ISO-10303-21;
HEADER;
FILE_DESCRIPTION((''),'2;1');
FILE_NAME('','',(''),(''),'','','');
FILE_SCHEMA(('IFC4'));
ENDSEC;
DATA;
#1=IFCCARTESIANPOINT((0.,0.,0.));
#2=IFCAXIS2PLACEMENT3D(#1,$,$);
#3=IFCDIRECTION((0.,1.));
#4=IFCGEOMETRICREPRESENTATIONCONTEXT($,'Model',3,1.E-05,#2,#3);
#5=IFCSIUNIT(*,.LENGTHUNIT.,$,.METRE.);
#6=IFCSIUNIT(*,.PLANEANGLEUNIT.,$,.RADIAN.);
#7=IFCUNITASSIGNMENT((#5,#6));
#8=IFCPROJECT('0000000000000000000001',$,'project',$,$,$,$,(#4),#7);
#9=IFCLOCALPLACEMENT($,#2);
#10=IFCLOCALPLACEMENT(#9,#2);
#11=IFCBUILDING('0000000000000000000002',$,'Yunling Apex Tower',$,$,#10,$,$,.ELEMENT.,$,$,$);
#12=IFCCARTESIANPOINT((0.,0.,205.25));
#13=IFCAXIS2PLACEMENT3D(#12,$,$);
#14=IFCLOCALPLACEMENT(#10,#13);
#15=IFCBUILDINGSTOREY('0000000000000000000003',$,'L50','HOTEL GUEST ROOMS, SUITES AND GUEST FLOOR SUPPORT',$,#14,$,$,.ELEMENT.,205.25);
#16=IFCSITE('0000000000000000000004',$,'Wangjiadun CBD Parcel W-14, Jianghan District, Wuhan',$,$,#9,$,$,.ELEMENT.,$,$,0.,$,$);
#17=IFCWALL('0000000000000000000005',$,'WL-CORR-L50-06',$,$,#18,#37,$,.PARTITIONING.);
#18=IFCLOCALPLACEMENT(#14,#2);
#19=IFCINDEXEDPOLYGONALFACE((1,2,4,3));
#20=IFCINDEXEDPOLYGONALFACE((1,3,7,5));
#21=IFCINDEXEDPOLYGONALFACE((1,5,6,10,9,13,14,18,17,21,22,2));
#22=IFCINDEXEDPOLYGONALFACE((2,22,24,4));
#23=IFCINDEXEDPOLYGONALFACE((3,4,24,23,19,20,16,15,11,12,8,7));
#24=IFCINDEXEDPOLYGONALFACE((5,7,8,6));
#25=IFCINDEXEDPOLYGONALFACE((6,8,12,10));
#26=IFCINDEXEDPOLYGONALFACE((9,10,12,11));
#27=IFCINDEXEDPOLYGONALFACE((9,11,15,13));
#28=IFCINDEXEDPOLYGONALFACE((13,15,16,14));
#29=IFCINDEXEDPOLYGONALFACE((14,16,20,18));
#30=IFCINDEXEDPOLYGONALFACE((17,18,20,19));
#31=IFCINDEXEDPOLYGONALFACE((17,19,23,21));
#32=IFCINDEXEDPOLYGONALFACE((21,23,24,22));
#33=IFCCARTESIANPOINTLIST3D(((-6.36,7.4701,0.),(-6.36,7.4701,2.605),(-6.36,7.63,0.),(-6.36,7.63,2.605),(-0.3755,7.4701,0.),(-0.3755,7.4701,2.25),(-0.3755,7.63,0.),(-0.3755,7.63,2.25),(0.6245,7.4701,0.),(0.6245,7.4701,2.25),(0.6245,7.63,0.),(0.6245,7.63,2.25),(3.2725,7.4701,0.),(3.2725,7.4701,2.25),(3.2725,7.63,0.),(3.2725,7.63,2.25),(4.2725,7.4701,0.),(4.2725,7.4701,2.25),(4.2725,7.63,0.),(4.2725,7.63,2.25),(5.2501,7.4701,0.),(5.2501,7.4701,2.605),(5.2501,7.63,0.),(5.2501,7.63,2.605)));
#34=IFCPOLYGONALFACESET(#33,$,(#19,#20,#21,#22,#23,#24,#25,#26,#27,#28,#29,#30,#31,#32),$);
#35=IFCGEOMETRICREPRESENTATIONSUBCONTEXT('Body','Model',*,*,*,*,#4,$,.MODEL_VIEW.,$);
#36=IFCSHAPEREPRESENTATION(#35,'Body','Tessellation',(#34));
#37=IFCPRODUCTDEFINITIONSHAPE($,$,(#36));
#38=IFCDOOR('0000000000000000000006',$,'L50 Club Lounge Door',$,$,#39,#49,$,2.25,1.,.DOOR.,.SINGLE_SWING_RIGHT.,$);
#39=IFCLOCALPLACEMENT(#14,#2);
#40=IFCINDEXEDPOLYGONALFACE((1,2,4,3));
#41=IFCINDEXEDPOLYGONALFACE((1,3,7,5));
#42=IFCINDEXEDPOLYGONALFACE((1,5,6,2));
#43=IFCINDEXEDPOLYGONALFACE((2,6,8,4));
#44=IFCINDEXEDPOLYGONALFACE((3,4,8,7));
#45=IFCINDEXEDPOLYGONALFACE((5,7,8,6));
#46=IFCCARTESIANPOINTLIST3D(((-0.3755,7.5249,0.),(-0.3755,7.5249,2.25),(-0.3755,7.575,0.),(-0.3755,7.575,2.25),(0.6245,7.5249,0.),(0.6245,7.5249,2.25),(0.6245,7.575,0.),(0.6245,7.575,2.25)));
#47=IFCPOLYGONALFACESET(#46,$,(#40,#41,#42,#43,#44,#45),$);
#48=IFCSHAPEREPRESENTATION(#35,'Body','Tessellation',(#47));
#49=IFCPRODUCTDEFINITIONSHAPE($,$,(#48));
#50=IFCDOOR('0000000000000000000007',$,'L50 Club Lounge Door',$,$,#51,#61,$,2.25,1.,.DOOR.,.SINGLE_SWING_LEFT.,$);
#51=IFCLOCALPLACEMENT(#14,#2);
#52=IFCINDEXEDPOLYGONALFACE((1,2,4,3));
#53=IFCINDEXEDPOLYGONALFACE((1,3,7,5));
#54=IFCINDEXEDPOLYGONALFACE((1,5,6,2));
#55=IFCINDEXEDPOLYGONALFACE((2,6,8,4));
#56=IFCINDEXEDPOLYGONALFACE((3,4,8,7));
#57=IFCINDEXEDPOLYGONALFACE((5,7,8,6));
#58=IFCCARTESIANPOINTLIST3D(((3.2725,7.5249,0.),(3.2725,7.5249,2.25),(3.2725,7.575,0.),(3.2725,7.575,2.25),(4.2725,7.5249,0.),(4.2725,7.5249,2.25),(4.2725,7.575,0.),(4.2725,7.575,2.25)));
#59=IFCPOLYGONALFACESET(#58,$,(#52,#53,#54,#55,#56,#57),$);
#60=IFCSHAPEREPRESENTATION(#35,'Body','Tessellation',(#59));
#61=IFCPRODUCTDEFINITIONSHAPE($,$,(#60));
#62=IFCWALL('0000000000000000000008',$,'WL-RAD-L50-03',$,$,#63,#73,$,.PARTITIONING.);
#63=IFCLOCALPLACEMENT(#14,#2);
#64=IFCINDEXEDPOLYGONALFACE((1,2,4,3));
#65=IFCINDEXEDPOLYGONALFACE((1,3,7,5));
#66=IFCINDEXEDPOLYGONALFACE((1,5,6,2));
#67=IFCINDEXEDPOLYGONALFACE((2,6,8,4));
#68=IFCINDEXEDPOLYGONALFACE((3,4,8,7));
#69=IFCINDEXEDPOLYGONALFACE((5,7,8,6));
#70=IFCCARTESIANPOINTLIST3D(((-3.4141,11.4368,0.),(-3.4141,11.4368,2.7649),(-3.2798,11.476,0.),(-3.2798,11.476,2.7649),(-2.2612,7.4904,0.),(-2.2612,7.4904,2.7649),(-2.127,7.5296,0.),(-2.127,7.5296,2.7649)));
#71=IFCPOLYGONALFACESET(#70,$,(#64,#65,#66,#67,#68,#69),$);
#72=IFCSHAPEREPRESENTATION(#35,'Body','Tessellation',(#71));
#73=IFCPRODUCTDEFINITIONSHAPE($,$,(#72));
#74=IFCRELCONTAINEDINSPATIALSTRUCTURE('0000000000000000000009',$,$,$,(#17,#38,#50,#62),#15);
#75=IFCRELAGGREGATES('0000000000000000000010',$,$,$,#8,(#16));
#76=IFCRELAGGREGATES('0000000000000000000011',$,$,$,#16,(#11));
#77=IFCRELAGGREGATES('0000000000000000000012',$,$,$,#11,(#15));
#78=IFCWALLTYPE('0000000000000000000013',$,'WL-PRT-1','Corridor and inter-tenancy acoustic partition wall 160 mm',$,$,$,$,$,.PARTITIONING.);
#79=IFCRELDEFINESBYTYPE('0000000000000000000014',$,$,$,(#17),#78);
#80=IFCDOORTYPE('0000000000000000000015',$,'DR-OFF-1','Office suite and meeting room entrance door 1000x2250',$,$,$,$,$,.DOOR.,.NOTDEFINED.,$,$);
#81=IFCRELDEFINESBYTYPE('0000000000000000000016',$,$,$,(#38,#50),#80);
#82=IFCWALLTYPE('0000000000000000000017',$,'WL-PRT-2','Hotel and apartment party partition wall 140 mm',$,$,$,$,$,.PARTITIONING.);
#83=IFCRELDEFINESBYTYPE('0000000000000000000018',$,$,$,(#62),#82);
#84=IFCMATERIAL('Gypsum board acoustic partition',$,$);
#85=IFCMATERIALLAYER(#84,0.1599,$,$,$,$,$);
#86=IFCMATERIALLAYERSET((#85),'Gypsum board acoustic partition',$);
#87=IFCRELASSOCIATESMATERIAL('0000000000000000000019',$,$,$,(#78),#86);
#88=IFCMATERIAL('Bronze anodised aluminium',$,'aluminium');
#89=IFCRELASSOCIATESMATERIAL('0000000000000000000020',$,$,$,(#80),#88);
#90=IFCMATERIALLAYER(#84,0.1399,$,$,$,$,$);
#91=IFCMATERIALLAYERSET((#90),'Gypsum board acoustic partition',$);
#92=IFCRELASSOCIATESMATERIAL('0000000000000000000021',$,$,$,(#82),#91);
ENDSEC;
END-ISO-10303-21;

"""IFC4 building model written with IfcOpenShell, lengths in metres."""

from ifc_helpers import new_model, si_unit, direction, frame, frame_2d, origin, place, context, subcontext, project, spatial, rectangle, extrude, material, layer, layer_set, type_object, element, fill, save


model = new_model("IFC4")

# Units and contexts
model_context = context("Model", 3, precision=1e-05, world=origin(), true_north=direction((0.0, 1.0)))
body_context = subcontext(model_context, "Body", "Model", "MODEL_VIEW")
ifc_project = project(units=[si_unit("LENGTHUNIT", "METRE"), si_unit("PLANEANGLEUNIT", "RADIAN")], contexts=[model_context])

# Site, building, storey
site_placement = place(None, origin())
site = spatial("IfcSite", under=ifc_project, at=site_placement, Name="Wangjiadun CBD Parcel W-14, Jianghan District, Wuhan", CompositionType="ELEMENT", RefElevation=0.0)
building_placement = place(site_placement, origin())
building = spatial("IfcBuilding", under=site, at=building_placement, Name="Yunling Apex Tower", CompositionType="ELEMENT")
storey_placement = place(building_placement, frame((0.0, 0.0, 205.25)))
storey = spatial("IfcBuildingStorey", under=building, at=storey_placement, Name="L50", Description="HOTEL GUEST ROOMS, SUITES AND GUEST FLOOR SUPPORT", CompositionType="ELEMENT", Elevation=205.25)

# Shared definitions
ifc_material_1 = material(Name="Bronze anodised aluminium", Category="aluminium")

# Shared definitions
ifc_material_2 = material(Name="Gypsum board acoustic partition")
ifc_layer_1 = layer(ifc_material_2, 0.1599)
ifc_layer_set_1 = layer_set([ifc_layer_1], Name="Gypsum board acoustic partition")
wall_type_1 = type_object("IfcWallType", Name="WL-PRT-1", Description="Corridor and inter-tenancy acoustic partition wall 160 mm", PredefinedType="PARTITIONING", material=ifc_layer_set_1)
door_type = type_object("IfcDoorType", Name="DR-OFF-1", Description="Office suite and meeting room entrance door 1000x2250", OperationType="NOTDEFINED", PredefinedType="DOOR", material=ifc_material_1)

# Wall, openings, doors
wall_1_placement = place(storey_placement, frame((-6.3601, 7.55, 0.0), z_axis=(0.0, 0.0, 1.0), x_axis=(1.0, 0.0, 0.0)))
wall_1 = element("IfcWall", 1, at=wall_1_placement, inside=storey, type_object=wall_type_1, Name="WL-CORR-L50-06", PredefinedType="PARTITIONING", context=body_context, shape_type="SweptSolid", body=[
    extrude(rectangle(XDim=11.6101, YDim=0.1599, at=frame_2d((5.8052, 0.0))), origin(), (0.0, 0.0, 1.0), 2.605),
])
opening_1_placement = place(wall_1_placement, frame((5.9846, 0.0, 0.0)))
opening_1 = element("IfcOpeningElement", 2, at=opening_1_placement, cuts=wall_1, PredefinedType="OPENING", context=body_context, shape_type="SweptSolid", body=[
    extrude(rectangle(XDim=1.0, YDim=2.25, at=frame_2d((0.5, 1.125))), frame((0.0, 0.0898, 0.0), z_axis=(0.0, -1.0, 0.0), x_axis=(1.0, 0.0, 0.0)), (0.0, 0.0, 1.0), 0.1799),
])
opening_2_placement = place(wall_1_placement, frame((9.6326, 0.0, 0.0)))
opening_2 = element("IfcOpeningElement", 3, at=opening_2_placement, cuts=wall_1, PredefinedType="OPENING", context=body_context, shape_type="SweptSolid", body=[
    extrude(rectangle(XDim=1.0, YDim=2.25, at=frame_2d((0.5, 1.125))), frame((0.0, 0.0898, 0.0), z_axis=(0.0, -1.0, 0.0), x_axis=(1.0, 0.0, 0.0)), (0.0, 0.0, 1.0), 0.1799),
])
door_1_placement = place(opening_1_placement, origin())
door_1 = element("IfcDoor", 4, at=door_1_placement, inside=storey, type_object=door_type, Name="L50 Club Lounge Door", OperationType="SINGLE_SWING_RIGHT", OverallHeight=2.25, OverallWidth=1.0, PredefinedType="DOOR", context=body_context, shape_type="SweptSolid", body=[
    extrude(rectangle(XDim=1.0, YDim=2.25, at=frame_2d((0.5, 1.125))), frame((0.0, 0.0249, 0.0), z_axis=(0.0, -1.0, 0.0), x_axis=(1.0, 0.0, 0.0)), (0.0, 0.0, 1.0), 0.05),
])
fill(opening_1, door_1)
door_2_placement = place(opening_2_placement, origin())
door_2 = element("IfcDoor", 5, at=door_2_placement, inside=storey, type_object=door_type, Name="L50 Club Lounge Door", OperationType="SINGLE_SWING_LEFT", OverallHeight=2.25, OverallWidth=1.0, PredefinedType="DOOR", context=body_context, shape_type="SweptSolid", body=[
    extrude(rectangle(XDim=1.0, YDim=2.25, at=frame_2d((0.5, 1.125))), frame((0.0, 0.0249, 0.0), z_axis=(0.0, -1.0, 0.0), x_axis=(1.0, 0.0, 0.0)), (0.0, 0.0, 1.0), 0.05),
])
fill(opening_2, door_2)

# Wall
ifc_layer_2 = layer(ifc_material_2, 0.1399)
ifc_layer_set_2 = layer_set([ifc_layer_2], Name="Gypsum board acoustic partition")
wall_type_2 = type_object("IfcWallType", Name="WL-PRT-2", Description="Hotel and apartment party partition wall 140 mm", PredefinedType="PARTITIONING", material=ifc_layer_set_2)
wall_2_placement = place(storey_placement, frame((-2.1941, 7.51, 0.0), z_axis=(0.0, 0.0, 1.0), x_axis=(-0.28041, 0.95988, 0.0)))
element("IfcWall", 6, at=wall_2_placement, inside=storey, type_object=wall_type_2, Name="WL-RAD-L50-03", PredefinedType="PARTITIONING", context=body_context, shape_type="SweptSolid", body=[
    extrude(rectangle(XDim=4.1113, YDim=0.1399, at=frame_2d((2.0557, 0.0))), origin(), (0.0, 0.0, 1.0), 2.7649),
])

save(model, "model.ifc")
